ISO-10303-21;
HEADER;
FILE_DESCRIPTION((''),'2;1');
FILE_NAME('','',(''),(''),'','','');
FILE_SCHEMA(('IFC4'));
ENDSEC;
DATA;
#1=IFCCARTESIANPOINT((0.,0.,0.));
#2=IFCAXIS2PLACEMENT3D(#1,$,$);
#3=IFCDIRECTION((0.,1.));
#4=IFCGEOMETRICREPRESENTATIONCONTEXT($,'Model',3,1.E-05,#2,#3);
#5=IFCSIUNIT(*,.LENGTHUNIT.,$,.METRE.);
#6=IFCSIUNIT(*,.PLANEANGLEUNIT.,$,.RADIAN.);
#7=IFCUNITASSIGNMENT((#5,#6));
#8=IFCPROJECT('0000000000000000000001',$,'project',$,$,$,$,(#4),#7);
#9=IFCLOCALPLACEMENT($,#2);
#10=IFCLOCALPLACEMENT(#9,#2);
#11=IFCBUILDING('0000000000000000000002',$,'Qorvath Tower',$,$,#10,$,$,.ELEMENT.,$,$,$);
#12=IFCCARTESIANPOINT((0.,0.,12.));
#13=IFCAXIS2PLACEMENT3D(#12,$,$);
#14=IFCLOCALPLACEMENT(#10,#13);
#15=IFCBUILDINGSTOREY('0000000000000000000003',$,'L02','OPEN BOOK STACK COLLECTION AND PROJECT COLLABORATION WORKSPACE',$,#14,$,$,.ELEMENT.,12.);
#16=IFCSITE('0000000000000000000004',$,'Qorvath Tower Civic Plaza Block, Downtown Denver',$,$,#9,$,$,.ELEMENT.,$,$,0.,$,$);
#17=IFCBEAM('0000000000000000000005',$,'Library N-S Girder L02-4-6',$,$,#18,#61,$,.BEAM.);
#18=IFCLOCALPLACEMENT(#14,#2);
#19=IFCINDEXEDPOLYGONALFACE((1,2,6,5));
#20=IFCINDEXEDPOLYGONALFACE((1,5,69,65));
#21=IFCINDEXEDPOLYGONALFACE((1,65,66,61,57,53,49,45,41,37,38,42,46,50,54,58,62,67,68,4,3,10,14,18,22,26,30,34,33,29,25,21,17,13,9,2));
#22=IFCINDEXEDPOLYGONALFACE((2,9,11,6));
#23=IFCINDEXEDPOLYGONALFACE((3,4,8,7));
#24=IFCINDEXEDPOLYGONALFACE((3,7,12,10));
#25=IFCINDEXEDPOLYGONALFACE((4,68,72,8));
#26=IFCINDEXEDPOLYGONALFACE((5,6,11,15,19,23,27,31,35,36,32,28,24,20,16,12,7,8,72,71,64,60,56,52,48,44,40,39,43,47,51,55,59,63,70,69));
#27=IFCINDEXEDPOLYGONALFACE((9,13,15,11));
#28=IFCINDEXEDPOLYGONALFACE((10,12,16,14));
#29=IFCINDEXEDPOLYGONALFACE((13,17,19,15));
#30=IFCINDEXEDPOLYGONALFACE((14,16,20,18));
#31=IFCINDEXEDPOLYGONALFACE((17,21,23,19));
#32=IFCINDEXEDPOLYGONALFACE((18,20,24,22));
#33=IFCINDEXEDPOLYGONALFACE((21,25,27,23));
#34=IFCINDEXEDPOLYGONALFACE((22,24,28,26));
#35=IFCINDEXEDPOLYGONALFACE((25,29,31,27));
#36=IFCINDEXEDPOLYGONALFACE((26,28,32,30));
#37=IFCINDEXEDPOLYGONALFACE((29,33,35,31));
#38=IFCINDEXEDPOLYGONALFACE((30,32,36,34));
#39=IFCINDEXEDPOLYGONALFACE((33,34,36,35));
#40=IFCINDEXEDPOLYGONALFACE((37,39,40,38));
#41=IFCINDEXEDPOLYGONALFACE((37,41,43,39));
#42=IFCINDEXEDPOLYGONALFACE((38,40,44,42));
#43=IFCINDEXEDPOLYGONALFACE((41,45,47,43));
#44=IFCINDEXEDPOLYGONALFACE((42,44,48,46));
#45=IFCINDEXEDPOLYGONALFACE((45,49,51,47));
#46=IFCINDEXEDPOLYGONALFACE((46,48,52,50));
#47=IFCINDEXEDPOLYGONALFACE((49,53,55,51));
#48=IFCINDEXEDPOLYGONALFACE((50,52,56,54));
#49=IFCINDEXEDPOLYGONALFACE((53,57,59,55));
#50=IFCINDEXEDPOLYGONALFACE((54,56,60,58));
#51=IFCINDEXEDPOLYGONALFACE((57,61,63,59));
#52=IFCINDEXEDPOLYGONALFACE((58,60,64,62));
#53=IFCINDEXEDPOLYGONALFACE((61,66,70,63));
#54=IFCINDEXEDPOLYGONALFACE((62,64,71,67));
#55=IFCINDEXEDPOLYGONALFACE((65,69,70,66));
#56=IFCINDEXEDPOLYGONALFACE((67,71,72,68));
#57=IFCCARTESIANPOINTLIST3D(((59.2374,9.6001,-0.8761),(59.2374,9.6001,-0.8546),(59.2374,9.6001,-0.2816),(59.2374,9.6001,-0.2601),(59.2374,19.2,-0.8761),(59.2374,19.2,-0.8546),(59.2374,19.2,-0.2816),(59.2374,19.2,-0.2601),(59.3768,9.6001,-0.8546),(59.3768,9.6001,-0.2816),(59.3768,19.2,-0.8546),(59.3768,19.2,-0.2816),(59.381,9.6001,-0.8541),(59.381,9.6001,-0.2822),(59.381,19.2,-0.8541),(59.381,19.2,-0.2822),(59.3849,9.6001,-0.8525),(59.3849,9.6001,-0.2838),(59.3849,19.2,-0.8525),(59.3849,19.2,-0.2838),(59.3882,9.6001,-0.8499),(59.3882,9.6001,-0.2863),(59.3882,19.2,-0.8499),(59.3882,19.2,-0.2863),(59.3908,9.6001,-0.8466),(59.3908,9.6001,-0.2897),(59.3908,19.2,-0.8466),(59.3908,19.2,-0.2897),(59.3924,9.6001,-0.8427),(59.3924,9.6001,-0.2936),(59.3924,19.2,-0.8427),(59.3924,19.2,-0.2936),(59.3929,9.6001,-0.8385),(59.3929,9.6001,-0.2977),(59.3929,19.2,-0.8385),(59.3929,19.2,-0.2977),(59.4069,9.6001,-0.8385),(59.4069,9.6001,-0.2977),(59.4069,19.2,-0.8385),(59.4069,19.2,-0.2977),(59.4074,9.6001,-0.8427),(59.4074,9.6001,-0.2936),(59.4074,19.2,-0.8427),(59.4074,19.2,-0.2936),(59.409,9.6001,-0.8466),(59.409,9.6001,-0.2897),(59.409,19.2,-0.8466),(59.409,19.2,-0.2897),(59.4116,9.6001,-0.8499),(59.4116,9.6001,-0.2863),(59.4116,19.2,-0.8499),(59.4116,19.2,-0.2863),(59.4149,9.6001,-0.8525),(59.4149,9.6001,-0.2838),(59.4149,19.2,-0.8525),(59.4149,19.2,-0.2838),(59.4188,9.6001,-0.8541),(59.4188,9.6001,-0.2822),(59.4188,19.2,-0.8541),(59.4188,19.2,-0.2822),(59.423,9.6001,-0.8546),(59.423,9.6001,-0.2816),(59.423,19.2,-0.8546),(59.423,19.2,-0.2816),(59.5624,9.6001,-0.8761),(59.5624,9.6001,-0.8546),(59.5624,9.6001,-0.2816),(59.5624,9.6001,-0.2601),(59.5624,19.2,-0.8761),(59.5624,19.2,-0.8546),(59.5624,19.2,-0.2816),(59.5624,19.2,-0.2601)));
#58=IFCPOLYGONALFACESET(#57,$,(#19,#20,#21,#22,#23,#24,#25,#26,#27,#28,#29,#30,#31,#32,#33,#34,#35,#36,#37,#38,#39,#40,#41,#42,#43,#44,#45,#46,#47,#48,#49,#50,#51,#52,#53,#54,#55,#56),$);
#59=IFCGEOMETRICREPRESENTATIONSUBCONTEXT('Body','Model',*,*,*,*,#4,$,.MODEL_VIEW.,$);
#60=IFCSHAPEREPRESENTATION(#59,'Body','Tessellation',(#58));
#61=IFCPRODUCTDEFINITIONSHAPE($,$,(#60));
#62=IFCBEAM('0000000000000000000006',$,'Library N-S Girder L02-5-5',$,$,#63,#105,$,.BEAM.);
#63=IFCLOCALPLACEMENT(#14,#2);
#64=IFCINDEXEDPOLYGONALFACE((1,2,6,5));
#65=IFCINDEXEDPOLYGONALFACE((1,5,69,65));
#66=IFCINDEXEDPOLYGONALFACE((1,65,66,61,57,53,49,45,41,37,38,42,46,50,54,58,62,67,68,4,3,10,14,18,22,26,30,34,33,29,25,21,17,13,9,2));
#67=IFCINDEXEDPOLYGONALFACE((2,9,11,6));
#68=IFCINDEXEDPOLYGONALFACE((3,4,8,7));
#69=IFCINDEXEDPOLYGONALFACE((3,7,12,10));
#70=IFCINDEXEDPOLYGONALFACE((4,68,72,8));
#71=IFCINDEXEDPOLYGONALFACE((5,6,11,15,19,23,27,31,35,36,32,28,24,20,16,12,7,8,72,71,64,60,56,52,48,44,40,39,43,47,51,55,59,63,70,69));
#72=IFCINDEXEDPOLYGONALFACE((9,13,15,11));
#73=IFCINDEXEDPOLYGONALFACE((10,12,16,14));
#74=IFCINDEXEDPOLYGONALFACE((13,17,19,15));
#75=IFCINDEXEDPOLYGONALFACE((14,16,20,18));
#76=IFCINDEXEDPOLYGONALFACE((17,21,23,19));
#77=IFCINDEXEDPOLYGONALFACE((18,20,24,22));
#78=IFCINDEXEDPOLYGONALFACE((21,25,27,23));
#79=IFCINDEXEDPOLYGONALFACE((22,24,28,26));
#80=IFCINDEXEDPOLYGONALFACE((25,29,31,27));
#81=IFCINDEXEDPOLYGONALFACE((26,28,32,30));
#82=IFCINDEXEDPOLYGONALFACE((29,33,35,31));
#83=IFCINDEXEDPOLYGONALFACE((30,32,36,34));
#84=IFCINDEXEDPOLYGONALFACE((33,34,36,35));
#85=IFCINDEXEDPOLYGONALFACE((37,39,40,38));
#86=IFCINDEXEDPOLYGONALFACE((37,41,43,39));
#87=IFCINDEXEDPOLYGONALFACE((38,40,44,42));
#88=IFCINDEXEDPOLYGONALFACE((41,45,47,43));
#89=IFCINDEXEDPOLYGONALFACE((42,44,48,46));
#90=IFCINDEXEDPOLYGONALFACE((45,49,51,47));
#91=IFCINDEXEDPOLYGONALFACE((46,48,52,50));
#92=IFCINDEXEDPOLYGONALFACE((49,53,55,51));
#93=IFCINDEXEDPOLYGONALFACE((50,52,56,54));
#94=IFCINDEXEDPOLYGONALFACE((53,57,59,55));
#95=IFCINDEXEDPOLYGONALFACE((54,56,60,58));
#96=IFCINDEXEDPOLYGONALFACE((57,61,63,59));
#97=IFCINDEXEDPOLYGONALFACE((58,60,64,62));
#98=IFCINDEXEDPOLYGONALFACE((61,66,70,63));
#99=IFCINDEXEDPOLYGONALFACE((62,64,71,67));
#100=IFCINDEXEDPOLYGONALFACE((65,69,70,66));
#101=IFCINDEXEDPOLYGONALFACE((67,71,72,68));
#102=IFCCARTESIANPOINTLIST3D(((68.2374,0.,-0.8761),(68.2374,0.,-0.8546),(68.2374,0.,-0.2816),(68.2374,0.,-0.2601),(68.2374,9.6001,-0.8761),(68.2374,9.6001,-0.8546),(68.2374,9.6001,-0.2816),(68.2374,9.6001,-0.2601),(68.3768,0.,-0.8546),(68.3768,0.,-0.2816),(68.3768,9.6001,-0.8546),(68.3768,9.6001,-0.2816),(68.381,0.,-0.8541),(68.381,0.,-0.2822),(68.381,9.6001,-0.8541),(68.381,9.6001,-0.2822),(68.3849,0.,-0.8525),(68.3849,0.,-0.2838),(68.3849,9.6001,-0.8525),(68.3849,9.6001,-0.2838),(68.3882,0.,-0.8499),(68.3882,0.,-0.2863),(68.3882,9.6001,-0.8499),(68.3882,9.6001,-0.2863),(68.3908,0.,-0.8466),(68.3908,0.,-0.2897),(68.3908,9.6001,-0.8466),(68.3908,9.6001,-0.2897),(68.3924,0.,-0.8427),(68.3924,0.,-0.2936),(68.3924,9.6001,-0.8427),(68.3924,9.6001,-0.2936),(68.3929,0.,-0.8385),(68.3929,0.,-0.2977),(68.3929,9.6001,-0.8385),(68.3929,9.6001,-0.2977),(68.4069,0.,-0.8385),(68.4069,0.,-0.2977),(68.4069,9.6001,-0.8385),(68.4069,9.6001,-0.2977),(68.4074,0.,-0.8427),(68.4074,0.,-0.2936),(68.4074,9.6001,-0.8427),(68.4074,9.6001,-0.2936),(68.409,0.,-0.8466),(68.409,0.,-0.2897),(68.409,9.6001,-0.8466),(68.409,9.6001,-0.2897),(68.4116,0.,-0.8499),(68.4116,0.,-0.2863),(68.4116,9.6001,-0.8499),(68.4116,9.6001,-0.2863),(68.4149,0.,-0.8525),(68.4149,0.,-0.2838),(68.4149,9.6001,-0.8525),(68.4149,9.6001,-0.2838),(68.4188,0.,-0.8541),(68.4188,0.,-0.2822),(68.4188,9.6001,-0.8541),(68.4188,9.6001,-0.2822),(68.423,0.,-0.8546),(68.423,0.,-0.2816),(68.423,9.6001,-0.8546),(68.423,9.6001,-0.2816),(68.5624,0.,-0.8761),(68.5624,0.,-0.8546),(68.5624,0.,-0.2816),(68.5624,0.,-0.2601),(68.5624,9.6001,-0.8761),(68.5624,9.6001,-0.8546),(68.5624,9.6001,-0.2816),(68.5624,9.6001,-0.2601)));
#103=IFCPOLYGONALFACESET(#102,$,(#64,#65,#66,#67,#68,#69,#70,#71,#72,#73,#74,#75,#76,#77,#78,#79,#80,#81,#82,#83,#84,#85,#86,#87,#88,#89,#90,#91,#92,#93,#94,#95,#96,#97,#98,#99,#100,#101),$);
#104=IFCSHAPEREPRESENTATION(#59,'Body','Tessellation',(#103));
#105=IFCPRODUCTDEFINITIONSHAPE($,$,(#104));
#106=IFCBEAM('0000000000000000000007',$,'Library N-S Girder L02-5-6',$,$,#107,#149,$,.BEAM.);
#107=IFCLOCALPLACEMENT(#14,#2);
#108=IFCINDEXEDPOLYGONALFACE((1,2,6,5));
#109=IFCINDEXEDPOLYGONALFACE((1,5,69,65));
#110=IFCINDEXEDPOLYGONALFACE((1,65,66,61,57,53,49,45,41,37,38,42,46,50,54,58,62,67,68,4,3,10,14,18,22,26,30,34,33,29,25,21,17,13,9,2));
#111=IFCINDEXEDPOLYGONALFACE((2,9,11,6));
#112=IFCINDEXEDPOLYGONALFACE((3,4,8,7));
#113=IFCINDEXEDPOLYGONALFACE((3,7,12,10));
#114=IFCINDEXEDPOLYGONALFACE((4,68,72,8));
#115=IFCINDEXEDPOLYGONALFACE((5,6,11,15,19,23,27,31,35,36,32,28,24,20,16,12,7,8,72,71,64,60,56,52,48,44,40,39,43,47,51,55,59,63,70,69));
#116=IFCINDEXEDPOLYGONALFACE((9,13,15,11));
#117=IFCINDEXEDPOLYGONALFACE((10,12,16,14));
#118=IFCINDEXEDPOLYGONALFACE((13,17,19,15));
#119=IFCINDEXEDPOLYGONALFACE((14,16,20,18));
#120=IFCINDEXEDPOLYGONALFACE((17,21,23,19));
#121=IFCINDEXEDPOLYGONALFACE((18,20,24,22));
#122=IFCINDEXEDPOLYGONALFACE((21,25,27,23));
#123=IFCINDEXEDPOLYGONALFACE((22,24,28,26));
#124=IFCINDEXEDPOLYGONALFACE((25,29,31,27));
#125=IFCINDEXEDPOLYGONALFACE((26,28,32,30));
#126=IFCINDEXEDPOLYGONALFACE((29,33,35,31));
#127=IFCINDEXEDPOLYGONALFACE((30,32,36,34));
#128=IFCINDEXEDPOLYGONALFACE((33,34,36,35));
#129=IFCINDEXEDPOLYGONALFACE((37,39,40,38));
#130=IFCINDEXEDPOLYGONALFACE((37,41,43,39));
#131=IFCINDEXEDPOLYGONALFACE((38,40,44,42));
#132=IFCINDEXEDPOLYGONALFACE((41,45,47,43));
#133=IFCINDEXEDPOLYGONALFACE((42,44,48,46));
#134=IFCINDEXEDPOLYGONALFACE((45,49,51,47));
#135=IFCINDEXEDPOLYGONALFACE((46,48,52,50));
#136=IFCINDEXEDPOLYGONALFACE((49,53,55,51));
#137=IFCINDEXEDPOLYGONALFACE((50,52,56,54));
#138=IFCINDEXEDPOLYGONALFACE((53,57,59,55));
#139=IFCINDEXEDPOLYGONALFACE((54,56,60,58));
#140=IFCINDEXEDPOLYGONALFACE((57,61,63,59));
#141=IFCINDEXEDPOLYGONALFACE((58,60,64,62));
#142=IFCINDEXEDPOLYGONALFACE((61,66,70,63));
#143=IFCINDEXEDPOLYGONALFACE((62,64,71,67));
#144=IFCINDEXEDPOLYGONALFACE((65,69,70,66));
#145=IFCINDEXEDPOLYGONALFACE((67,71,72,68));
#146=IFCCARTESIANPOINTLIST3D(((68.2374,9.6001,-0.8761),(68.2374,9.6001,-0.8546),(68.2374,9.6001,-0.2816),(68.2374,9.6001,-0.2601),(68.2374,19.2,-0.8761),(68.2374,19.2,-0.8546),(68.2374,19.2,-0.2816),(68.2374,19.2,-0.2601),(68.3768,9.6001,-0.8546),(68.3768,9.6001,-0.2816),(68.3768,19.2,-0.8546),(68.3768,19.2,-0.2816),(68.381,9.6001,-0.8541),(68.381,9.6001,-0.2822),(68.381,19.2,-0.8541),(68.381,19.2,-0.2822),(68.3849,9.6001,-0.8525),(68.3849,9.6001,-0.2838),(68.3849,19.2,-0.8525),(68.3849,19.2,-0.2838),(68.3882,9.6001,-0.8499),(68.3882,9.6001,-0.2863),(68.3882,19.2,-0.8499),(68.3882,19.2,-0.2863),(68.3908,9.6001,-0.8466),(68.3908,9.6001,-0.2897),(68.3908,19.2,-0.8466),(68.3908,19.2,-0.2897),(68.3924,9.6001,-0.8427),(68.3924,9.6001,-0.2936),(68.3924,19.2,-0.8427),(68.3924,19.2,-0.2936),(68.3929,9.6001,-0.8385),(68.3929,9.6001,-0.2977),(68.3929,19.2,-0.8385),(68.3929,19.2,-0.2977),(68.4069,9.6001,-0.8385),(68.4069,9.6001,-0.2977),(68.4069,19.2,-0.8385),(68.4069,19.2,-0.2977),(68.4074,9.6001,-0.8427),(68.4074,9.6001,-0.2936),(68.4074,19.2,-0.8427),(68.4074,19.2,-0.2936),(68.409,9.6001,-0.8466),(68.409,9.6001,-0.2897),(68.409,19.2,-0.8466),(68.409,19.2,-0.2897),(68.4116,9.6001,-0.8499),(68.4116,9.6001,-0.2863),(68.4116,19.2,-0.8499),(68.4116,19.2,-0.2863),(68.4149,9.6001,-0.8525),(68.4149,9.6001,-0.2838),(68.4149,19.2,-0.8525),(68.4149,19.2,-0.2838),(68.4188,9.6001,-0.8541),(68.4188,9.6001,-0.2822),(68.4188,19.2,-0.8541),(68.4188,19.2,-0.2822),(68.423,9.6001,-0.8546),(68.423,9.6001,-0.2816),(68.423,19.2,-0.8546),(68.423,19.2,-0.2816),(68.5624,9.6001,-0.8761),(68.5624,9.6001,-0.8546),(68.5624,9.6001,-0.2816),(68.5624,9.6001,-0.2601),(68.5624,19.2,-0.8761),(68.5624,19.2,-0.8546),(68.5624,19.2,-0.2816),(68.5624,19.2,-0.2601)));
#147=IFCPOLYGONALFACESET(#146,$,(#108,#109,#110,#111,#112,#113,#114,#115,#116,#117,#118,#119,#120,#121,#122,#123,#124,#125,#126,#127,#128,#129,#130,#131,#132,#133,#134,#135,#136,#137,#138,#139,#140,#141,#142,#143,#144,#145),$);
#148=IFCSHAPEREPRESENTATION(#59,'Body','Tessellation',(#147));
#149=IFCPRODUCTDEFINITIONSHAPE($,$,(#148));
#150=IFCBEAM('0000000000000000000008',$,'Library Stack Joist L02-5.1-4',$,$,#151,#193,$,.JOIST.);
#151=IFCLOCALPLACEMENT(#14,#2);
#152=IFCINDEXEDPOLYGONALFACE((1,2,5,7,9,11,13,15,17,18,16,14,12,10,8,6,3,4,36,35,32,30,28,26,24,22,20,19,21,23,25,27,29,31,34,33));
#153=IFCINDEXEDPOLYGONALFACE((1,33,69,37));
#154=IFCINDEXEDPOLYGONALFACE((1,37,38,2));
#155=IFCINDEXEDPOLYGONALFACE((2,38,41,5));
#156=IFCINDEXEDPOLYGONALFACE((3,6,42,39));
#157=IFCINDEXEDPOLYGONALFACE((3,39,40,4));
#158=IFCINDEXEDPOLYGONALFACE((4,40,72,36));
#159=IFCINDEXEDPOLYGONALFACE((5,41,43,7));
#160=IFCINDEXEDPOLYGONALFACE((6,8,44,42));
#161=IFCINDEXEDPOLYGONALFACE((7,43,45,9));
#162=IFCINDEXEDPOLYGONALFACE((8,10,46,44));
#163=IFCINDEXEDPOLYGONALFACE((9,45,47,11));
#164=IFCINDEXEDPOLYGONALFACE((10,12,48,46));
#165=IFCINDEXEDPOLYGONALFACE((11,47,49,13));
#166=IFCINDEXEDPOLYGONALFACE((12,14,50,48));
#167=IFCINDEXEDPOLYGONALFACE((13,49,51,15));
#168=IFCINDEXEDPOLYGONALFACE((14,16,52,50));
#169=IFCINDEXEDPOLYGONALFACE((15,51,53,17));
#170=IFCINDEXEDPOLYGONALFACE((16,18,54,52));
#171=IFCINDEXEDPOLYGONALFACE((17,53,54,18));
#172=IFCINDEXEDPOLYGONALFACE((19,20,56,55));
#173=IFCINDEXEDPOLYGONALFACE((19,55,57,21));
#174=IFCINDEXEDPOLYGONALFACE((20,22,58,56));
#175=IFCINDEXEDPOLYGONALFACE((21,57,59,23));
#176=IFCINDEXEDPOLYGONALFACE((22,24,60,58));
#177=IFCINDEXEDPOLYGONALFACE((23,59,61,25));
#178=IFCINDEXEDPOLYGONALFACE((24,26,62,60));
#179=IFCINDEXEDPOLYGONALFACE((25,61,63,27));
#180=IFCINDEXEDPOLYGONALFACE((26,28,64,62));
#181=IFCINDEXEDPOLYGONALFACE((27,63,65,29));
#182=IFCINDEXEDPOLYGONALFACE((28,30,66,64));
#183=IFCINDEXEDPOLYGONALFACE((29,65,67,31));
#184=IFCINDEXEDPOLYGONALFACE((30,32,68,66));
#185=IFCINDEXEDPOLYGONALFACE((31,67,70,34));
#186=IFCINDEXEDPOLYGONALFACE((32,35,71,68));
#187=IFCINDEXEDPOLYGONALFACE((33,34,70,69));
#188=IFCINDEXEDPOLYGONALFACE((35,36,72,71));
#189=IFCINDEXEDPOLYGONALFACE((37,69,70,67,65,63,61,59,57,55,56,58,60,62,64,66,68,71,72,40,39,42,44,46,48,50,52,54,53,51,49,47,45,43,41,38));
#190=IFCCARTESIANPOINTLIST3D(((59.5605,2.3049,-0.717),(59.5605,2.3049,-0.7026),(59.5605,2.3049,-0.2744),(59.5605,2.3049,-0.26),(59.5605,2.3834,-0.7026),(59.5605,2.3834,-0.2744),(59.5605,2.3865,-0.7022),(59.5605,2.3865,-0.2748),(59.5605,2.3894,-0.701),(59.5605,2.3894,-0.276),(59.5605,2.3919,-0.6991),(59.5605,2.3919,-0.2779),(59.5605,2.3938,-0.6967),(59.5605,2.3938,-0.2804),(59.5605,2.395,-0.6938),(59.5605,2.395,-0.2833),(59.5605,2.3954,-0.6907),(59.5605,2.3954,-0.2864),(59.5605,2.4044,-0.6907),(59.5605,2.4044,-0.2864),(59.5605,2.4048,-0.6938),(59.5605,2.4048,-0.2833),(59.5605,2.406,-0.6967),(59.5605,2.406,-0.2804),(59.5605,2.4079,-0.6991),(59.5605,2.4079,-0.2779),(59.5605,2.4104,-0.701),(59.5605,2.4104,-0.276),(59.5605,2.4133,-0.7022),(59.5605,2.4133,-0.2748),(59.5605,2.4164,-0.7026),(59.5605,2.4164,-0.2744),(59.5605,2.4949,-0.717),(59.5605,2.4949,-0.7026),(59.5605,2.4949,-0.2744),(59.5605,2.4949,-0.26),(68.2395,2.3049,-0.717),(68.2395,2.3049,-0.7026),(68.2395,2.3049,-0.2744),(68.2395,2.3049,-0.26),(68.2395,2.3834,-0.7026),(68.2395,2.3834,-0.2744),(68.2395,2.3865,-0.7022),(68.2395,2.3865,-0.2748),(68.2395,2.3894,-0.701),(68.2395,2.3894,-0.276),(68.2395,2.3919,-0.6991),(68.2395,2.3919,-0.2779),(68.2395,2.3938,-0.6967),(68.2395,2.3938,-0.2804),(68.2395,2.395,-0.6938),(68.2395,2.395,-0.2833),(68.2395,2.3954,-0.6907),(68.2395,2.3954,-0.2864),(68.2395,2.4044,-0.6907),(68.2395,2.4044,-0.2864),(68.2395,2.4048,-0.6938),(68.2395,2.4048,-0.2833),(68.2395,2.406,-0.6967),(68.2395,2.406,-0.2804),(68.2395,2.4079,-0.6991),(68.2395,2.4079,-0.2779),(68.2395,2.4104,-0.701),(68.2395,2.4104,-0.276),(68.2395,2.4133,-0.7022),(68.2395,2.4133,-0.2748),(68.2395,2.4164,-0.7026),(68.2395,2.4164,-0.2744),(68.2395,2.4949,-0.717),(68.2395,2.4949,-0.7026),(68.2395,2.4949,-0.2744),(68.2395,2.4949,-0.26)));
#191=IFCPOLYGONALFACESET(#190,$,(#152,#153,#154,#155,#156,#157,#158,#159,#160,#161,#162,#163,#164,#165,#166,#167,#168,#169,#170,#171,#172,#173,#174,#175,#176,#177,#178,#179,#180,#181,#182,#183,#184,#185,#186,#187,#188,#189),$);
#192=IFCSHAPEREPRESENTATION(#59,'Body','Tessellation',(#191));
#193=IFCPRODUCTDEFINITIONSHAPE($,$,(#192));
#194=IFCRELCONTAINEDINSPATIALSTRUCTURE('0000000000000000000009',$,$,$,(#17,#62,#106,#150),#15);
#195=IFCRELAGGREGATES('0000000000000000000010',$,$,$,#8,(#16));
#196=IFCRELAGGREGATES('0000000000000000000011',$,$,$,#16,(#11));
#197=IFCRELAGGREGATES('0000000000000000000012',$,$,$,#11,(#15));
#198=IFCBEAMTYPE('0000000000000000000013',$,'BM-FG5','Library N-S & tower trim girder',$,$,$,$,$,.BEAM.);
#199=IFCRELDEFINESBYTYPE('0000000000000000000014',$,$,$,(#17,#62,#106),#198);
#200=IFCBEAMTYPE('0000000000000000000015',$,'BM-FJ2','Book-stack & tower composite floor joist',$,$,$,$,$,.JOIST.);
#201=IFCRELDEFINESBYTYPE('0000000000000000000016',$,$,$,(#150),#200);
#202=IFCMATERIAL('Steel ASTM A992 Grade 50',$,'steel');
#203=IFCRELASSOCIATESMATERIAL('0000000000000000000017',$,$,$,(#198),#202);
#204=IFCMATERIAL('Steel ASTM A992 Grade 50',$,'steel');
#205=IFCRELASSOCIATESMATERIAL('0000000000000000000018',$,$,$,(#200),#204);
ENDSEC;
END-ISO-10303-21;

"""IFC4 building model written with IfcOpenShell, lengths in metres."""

from ifc_helpers import new_model, si_unit, direction, frame, origin, origin_2d, place, context, subcontext, project, spatial, i_section, extrude, material, material_profile, profile_set, type_object, element, save


model = new_model("IFC4")

# Units and contexts
model_context = context("Model", 3, precision=1e-05, world=origin(), true_north=direction((0.0, 1.0)))
body_context = subcontext(model_context, "Body", "Model", "MODEL_VIEW")
ifc_project = project(units=[si_unit("LENGTHUNIT", "METRE"), si_unit("PLANEANGLEUNIT", "RADIAN")], contexts=[model_context])

# Site, building, storey
site_placement = place(None, origin())
site = spatial("IfcSite", under=ifc_project, at=site_placement, Name="Qorvath Tower Civic Plaza Block, Downtown Denver", CompositionType="ELEMENT", RefElevation=0.0)
building_placement = place(site_placement, origin())
building = spatial("IfcBuilding", under=site, at=building_placement, Name="Qorvath Tower", CompositionType="ELEMENT")
storey_placement = place(building_placement, frame((0.0, 0.0, 12.0)))
storey = spatial("IfcBuildingStorey", under=building, at=storey_placement, Name="L02", Description="OPEN BOOK STACK COLLECTION AND PROJECT COLLABORATION WORKSPACE", CompositionType="ELEMENT", Elevation=12.0)

# Beams
ifc_material_1 = material(Name="Steel ASTM A992 Grade 50", Category="steel")
ifc_material_profile_1 = material_profile(ifc_material_1, i_section(OverallWidth=0.325, OverallDepth=0.616, WebThickness=0.0139, FlangeThickness=0.0215, FilletRadius=0.0161, at=origin_2d()), Name="W24x117")
ifc_profile_set_1 = profile_set([ifc_material_profile_1], Name="Steel ASTM A992 Grade 50")
beam_type_1 = type_object("IfcBeamType", Name="BM-FG5", Description="Library N-S & tower trim girder", PredefinedType="BEAM", material=ifc_profile_set_1)
beam_1_placement = place(storey_placement, frame((59.3999, 9.6001, -0.5681), z_axis=(0.0, 1.0, 0.0), x_axis=(-1.0, 0.0, 0.0)))
element("IfcBeam", 1, at=beam_1_placement, inside=storey, type_object=beam_type_1, Name="Library N-S Girder L02-4-6", PredefinedType="BEAM", context=body_context, shape_type="SweptSolid", body=[
    extrude(i_section(OverallWidth=0.325, OverallDepth=0.616, WebThickness=0.0139, FlangeThickness=0.0215, FilletRadius=0.0161, at=origin_2d()), origin(), (0.0, 0.0, 1.0), 9.5999),
])
beam_2_placement = place(storey_placement, frame((68.3999, 0.0, -0.5681), z_axis=(0.0, 1.0, 0.0), x_axis=(-1.0, 0.0, 0.0)))
element("IfcBeam", 2, at=beam_2_placement, inside=storey, type_object=beam_type_1, Name="Library N-S Girder L02-5-5", PredefinedType="BEAM", context=body_context, shape_type="SweptSolid", body=[
    extrude(i_section(OverallWidth=0.325, OverallDepth=0.616, WebThickness=0.0139, FlangeThickness=0.0215, FilletRadius=0.0161, at=origin_2d()), origin(), (0.0, 0.0, 1.0), 9.6001),
])
beam_3_placement = place(storey_placement, frame((68.3999, 9.6001, -0.5681), z_axis=(0.0, 1.0, 0.0), x_axis=(-1.0, 0.0, 0.0)))
element("IfcBeam", 3, at=beam_3_placement, inside=storey, type_object=beam_type_1, Name="Library N-S Girder L02-5-6", PredefinedType="BEAM", context=body_context, shape_type="SweptSolid", body=[
    extrude(i_section(OverallWidth=0.325, OverallDepth=0.616, WebThickness=0.0139, FlangeThickness=0.0215, FilletRadius=0.0161, at=origin_2d()), origin(), (0.0, 0.0, 1.0), 9.5999),
])
ifc_material_2 = material(Name="Steel ASTM A992 Grade 50", Category="steel")
ifc_material_profile_2 = material_profile(ifc_material_2, i_section(OverallWidth=0.1899, OverallDepth=0.457, WebThickness=0.009, FlangeThickness=0.0144, FilletRadius=0.012, at=origin_2d()), Name="W18x50")
ifc_profile_set_2 = profile_set([ifc_material_profile_2], Name="Steel ASTM A992 Grade 50")
beam_type_2 = type_object("IfcBeamType", Name="BM-FJ2", Description="Book-stack & tower composite floor joist", PredefinedType="JOIST", material=ifc_profile_set_2)
beam_4_placement = place(storey_placement, frame((59.5605, 2.3999, -0.4885), z_axis=(1.0, 0.0, 0.0), x_axis=(0.0, 1.0, 0.0)))
element("IfcBeam", 4, at=beam_4_placement, inside=storey, type_object=beam_type_2, Name="Library Stack Joist L02-5.1-4", PredefinedType="JOIST", context=body_context, shape_type="SweptSolid", body=[
    extrude(i_section(OverallWidth=0.1899, OverallDepth=0.457, WebThickness=0.009, FlangeThickness=0.0144, FilletRadius=0.012, at=origin_2d()), origin(), (0.0, 0.0, 1.0), 8.679),
])

save(model, "model.ifc")
